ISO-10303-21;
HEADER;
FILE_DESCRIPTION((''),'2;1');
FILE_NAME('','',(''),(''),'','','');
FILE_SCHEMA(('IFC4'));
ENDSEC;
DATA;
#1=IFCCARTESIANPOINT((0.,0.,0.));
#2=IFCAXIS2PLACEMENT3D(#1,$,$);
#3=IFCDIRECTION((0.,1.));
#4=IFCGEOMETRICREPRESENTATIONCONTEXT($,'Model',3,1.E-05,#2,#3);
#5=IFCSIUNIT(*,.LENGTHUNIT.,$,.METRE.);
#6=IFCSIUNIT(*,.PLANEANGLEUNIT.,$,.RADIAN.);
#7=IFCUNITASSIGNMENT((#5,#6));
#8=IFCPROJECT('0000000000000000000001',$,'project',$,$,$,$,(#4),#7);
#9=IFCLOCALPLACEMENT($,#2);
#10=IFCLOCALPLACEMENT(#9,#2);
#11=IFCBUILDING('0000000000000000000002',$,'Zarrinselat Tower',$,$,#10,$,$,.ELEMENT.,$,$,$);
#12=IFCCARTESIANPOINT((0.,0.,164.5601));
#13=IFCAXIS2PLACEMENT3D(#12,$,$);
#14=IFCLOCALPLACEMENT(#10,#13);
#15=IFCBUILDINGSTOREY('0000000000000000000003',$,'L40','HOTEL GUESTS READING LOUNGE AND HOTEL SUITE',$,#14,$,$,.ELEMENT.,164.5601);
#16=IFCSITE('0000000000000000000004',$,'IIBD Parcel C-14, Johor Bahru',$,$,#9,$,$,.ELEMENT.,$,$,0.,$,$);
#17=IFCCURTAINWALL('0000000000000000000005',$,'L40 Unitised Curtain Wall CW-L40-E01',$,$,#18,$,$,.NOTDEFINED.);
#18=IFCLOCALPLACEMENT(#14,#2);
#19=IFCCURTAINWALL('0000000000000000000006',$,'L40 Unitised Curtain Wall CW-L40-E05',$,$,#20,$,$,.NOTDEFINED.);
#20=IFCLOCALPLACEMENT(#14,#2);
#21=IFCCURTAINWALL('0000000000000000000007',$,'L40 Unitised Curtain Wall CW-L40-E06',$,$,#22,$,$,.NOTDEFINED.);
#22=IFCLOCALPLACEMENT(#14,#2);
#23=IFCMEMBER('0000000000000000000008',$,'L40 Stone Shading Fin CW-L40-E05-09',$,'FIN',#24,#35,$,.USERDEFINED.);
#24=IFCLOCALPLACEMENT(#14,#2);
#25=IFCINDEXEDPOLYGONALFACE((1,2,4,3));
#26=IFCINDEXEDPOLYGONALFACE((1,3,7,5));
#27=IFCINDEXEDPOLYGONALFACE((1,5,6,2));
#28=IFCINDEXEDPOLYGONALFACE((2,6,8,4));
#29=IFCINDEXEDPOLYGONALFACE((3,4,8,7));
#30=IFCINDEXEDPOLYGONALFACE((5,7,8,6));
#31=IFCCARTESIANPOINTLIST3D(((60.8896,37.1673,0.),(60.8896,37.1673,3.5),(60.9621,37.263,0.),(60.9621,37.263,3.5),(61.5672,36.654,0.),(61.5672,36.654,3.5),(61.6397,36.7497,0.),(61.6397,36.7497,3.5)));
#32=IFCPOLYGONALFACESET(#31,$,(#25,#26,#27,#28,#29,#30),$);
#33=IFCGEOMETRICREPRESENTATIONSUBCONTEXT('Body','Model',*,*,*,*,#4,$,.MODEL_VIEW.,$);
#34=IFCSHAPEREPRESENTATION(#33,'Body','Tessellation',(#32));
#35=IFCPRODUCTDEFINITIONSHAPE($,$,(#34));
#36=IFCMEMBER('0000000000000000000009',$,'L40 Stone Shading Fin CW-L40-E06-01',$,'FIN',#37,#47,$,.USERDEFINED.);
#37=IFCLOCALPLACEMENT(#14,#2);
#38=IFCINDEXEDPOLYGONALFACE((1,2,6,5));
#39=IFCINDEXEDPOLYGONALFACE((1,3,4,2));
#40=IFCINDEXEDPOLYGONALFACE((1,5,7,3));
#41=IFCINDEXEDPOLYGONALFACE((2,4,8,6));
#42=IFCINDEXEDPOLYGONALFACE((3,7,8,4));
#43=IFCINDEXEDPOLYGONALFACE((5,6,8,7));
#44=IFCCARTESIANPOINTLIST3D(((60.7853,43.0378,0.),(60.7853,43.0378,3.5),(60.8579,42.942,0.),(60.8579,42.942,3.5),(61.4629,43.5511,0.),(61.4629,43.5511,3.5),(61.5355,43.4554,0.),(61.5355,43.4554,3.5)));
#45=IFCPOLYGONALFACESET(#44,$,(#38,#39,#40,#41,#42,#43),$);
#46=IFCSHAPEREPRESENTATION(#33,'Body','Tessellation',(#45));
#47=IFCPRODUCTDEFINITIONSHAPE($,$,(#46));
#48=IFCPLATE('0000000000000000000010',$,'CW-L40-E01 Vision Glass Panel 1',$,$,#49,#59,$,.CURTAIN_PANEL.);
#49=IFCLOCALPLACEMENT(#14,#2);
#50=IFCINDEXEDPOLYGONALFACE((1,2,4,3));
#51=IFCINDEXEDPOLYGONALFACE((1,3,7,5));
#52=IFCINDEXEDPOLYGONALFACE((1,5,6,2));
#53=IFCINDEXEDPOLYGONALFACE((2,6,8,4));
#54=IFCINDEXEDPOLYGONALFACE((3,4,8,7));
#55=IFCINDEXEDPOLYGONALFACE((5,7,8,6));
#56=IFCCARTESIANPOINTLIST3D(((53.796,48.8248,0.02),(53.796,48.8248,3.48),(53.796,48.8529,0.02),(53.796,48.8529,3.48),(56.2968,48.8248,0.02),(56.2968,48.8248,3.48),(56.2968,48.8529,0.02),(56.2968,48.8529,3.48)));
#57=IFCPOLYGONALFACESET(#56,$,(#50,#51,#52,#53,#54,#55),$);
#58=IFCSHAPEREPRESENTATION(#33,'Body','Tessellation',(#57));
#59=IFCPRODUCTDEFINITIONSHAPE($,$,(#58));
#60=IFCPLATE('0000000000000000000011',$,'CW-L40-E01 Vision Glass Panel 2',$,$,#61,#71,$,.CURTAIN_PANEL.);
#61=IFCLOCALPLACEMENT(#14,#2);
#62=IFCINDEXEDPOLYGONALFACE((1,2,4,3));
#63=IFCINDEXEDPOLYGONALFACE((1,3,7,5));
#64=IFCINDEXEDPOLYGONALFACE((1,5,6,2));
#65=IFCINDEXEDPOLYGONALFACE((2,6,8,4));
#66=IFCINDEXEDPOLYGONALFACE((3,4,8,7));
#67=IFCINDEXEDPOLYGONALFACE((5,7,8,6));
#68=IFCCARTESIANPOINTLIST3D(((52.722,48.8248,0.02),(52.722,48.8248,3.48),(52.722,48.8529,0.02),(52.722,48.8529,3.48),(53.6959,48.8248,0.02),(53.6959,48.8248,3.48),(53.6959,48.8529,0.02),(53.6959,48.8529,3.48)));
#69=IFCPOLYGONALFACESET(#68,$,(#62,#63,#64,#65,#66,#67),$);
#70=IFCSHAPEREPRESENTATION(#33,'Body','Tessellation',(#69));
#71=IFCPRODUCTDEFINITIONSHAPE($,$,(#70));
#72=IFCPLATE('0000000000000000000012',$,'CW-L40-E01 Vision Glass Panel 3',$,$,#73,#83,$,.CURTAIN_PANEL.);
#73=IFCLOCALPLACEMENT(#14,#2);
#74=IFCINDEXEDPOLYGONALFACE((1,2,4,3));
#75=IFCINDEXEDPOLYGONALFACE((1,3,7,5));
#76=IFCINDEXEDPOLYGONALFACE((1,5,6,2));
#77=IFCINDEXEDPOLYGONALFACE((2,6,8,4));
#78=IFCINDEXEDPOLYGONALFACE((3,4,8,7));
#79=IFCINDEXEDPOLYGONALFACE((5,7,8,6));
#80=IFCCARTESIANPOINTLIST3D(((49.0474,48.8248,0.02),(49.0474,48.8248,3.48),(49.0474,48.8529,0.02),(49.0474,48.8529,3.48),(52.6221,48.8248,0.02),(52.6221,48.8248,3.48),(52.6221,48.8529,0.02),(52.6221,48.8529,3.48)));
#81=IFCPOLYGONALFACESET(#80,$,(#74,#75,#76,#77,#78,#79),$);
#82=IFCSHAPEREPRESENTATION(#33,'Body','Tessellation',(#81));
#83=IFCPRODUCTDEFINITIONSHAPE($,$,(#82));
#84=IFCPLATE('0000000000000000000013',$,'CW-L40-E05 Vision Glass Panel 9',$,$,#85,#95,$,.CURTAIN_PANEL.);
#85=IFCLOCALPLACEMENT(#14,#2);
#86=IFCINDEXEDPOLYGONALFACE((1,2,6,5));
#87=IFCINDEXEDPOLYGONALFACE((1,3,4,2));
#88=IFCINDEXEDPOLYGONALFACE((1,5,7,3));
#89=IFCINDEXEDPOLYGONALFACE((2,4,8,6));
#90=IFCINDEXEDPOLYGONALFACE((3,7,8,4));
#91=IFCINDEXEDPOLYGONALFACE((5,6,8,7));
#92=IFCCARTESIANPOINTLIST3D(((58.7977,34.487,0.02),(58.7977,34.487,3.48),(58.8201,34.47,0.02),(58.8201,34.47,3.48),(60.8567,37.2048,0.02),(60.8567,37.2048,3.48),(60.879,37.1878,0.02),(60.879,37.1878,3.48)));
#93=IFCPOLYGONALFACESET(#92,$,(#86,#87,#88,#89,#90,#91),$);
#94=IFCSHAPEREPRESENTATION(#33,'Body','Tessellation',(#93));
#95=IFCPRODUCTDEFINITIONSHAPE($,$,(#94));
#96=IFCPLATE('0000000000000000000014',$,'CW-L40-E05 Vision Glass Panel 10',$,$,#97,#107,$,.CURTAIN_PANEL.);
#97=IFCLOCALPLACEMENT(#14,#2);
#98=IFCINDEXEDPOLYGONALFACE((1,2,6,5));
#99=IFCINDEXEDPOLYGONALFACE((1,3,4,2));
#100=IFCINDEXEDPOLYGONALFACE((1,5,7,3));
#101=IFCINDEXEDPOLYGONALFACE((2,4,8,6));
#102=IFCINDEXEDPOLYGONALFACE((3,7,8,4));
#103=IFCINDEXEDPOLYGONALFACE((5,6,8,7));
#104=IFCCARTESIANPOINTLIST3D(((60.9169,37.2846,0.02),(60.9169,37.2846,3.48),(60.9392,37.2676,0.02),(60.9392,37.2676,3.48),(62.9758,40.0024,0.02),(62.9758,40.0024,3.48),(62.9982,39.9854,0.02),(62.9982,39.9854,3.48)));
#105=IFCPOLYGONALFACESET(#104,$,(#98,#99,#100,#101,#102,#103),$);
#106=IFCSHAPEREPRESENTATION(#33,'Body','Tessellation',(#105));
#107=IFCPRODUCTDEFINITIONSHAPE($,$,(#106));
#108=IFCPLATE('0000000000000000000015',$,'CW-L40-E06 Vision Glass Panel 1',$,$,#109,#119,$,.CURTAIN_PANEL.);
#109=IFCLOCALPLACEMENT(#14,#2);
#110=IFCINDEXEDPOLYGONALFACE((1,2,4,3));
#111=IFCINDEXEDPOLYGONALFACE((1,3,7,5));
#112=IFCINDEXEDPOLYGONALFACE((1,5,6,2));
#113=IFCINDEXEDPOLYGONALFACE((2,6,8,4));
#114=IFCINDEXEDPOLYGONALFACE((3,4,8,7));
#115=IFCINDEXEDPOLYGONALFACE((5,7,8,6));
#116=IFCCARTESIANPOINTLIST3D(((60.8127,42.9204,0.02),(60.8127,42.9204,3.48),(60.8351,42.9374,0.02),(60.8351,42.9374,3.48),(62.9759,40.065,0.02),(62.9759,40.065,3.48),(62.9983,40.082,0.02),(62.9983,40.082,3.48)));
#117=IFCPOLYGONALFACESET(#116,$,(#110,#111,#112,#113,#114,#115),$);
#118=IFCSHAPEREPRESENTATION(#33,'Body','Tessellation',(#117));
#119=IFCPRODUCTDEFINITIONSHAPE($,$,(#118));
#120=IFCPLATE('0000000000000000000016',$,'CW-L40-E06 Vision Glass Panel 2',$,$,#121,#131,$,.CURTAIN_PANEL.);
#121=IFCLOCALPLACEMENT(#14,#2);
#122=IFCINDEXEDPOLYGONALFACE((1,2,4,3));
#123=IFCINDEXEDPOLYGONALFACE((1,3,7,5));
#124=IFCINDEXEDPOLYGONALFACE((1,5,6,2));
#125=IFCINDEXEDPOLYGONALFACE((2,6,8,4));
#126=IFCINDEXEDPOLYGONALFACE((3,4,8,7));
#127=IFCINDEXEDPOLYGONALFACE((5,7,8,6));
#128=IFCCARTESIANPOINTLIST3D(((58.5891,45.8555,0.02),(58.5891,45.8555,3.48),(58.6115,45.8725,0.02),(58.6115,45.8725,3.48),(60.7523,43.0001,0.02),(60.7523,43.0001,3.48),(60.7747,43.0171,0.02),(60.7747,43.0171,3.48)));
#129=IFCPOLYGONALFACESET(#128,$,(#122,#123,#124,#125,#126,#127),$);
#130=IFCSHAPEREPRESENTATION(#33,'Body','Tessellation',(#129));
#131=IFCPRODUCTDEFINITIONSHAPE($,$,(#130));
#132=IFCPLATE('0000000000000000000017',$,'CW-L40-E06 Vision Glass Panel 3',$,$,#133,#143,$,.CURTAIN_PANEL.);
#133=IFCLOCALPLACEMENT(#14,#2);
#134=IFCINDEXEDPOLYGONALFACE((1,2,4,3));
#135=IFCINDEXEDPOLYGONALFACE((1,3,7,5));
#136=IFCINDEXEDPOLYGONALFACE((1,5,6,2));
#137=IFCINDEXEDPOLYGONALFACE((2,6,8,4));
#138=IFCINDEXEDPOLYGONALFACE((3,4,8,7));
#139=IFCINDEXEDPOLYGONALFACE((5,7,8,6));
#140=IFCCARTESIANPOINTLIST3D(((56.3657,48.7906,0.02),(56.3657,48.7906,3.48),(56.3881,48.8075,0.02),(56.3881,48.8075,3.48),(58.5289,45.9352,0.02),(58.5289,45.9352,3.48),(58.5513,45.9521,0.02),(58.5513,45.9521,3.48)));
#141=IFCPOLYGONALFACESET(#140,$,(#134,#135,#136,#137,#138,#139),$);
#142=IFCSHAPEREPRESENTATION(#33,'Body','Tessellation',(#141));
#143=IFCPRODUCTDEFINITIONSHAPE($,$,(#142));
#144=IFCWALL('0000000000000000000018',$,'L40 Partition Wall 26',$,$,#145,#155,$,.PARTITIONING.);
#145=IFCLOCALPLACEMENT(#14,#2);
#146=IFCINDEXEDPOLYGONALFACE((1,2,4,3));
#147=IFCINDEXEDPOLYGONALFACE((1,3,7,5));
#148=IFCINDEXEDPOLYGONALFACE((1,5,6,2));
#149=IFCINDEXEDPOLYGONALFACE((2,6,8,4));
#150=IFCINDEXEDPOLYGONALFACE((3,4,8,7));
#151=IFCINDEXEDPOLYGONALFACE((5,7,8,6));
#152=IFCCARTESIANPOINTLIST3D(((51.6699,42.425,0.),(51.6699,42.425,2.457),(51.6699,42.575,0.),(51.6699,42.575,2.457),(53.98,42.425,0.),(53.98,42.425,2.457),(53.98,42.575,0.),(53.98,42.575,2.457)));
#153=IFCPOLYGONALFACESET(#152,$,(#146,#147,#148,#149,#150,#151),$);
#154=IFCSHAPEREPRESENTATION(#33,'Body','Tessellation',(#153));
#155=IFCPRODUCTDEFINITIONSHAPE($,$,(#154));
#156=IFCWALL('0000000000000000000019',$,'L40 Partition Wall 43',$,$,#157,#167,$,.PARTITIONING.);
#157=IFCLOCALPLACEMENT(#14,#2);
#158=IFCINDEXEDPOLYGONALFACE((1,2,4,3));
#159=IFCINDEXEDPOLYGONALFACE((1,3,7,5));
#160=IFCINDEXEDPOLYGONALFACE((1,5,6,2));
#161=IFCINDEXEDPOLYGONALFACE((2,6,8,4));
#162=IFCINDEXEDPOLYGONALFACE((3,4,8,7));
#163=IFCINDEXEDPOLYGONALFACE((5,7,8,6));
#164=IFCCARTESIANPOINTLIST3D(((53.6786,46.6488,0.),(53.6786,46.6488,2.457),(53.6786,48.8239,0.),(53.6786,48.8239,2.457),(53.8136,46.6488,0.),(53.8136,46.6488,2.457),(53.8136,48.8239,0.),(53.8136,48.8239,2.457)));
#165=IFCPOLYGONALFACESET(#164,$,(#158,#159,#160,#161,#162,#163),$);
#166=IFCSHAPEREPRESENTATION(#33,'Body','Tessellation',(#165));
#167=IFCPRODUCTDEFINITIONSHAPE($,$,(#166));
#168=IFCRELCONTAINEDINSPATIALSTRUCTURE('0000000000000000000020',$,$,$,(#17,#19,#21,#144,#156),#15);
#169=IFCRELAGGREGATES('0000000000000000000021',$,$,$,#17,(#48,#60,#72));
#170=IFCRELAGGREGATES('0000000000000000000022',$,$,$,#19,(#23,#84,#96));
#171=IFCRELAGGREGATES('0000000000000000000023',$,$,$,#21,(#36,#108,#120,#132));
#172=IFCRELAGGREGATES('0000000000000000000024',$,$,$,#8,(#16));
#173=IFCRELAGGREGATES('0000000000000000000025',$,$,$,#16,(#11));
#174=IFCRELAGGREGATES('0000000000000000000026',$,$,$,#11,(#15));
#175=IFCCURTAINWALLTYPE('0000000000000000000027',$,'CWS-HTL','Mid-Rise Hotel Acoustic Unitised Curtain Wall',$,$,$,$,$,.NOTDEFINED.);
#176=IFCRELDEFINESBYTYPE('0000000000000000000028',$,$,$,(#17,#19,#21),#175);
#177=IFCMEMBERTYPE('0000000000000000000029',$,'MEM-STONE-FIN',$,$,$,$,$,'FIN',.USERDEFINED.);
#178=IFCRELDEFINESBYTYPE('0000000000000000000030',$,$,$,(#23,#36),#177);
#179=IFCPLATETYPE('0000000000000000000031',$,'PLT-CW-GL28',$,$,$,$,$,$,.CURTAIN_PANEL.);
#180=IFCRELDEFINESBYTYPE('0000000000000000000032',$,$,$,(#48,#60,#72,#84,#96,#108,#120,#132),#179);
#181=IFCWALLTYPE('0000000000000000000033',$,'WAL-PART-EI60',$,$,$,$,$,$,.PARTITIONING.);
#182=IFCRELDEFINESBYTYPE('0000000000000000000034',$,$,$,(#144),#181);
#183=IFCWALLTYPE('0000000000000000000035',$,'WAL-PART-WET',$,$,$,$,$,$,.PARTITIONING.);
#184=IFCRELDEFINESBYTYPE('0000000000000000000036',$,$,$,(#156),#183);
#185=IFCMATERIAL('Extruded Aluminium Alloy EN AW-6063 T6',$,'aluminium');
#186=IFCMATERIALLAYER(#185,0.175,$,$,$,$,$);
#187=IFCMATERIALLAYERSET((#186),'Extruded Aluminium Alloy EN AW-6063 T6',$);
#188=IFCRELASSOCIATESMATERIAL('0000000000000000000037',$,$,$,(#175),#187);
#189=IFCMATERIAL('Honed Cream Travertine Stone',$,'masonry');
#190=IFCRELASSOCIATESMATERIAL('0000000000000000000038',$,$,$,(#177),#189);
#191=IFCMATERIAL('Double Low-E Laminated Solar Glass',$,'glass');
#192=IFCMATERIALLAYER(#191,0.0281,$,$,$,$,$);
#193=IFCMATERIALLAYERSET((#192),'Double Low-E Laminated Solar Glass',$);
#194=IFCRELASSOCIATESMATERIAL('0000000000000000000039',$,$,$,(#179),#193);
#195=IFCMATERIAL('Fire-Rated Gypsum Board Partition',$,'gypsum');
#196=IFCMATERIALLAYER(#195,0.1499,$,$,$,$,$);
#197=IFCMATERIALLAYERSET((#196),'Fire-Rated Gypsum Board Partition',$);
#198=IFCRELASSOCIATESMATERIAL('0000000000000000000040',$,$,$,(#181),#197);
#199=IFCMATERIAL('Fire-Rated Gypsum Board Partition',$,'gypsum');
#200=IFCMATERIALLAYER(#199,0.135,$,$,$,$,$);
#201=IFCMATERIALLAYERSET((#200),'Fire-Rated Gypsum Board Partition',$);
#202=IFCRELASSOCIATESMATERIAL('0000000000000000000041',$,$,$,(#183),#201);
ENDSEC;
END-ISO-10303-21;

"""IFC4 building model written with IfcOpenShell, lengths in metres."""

from ifc_helpers import new_model, si_unit, direction, frame, frame_2d, origin, origin_2d, place, context, subcontext, project, spatial, rectangle, extrude, material, layer, layer_set, material_profile, profile_set, type_object, element, aggregate, save


model = new_model("IFC4")

# Units and contexts
model_context = context("Model", 3, precision=1e-05, world=origin(), true_north=direction((0.0, 1.0)))
body_context = subcontext(model_context, "Body", "Model", "MODEL_VIEW")
ifc_project = project(units=[si_unit("LENGTHUNIT", "METRE"), si_unit("PLANEANGLEUNIT", "RADIAN")], contexts=[model_context])

# Site, building, storey
site_placement = place(None, origin())
site = spatial("IfcSite", under=ifc_project, at=site_placement, Name="IIBD Parcel C-14, Johor Bahru", CompositionType="ELEMENT", RefElevation=0.0)
building_placement = place(site_placement, origin())
building = spatial("IfcBuilding", under=site, at=building_placement, Name="Zarrinselat Tower", CompositionType="ELEMENT")
storey_placement = place(building_placement, frame((0.0, 0.0, 164.5601)))
storey = spatial("IfcBuildingStorey", under=building, at=storey_placement, Name="L40", Description="HOTEL GUESTS READING LOUNGE AND HOTEL SUITE", CompositionType="ELEMENT", Elevation=164.5601)

# Curtain walls
ifc_material_1 = material(Name="Extruded Aluminium Alloy EN AW-6063 T6", Category="aluminium")
ifc_layer_1 = layer(ifc_material_1, 0.175)
ifc_layer_set_1 = layer_set([ifc_layer_1], Name="Extruded Aluminium Alloy EN AW-6063 T6")
curtain_wall_type = type_object("IfcCurtainWallType", Name="CWS-HTL", Description="Mid-Rise Hotel Acoustic Unitised Curtain Wall", PredefinedType="NOTDEFINED", material=ifc_layer_set_1)
curtain_wall_1_placement = place(storey_placement, origin())
curtain_wall_1 = element("IfcCurtainWall", 1, at=curtain_wall_1_placement, inside=storey, type_object=curtain_wall_type, Name="L40 Unitised Curtain Wall CW-L40-E01", PredefinedType="NOTDEFINED")
curtain_wall_2_placement = place(storey_placement, origin())
curtain_wall_2 = element("IfcCurtainWall", 2, at=curtain_wall_2_placement, inside=storey, type_object=curtain_wall_type, Name="L40 Unitised Curtain Wall CW-L40-E05", PredefinedType="NOTDEFINED")
curtain_wall_3_placement = place(storey_placement, origin())
curtain_wall_3 = element("IfcCurtainWall", 3, at=curtain_wall_3_placement, inside=storey, type_object=curtain_wall_type, Name="L40 Unitised Curtain Wall CW-L40-E06", PredefinedType="NOTDEFINED")

# Members
ifc_material_2 = material(Name="Honed Cream Travertine Stone", Category="masonry")
ifc_material_profile_1 = material_profile(ifc_material_2, rectangle(XDim=0.1201, YDim=0.8501, at=origin_2d()), Name="FIN 850x120")
ifc_profile_set_1 = profile_set([ifc_material_profile_1], Name="Honed Cream Travertine Stone")
member_type_1 = type_object("IfcMemberType", Name="MEM-STONE-FIN", ElementType="FIN", PredefinedType="USERDEFINED", material=ifc_profile_set_1)
member_1_placement = place(storey_placement, frame((61.2646, 36.9585, 0.0), z_axis=(0.0, 0.0, 1.0), x_axis=(-0.603859, -0.797091, 0.0)))
member_1 = element("IfcMember", 4, at=member_1_placement, type_object=member_type_1, Name="L40 Stone Shading Fin CW-L40-E05-09", ObjectType="FIN", PredefinedType="USERDEFINED", context=body_context, shape_type="SweptSolid", body=[
    extrude(rectangle(XDim=0.1201, YDim=0.8501, at=origin_2d()), origin(), (0.0, 0.0, 1.0), 3.5),
])
member_2_placement = place(storey_placement, frame((61.1604, 43.2466, 0.0), z_axis=(0.0, 0.0, 1.0), x_axis=(0.603857, -0.797092, 0.0)))
member_2 = element("IfcMember", 5, at=member_2_placement, type_object=member_type_1, Name="L40 Stone Shading Fin CW-L40-E06-01", ObjectType="FIN", PredefinedType="USERDEFINED", context=body_context, shape_type="SweptSolid", body=[
    extrude(rectangle(XDim=0.1201, YDim=0.8501, at=origin_2d()), origin(), (0.0, 0.0, 1.0), 3.5),
])

# Plates
ifc_material_3 = material(Name="Double Low-E Laminated Solar Glass", Category="glass")
ifc_layer_2 = layer(ifc_material_3, 0.0281)
ifc_layer_set_2 = layer_set([ifc_layer_2], Name="Double Low-E Laminated Solar Glass")
plate_type = type_object("IfcPlateType", Name="PLT-CW-GL28", PredefinedType="CURTAIN_PANEL", material=ifc_layer_set_2)
plate_1_placement = place(storey_placement, frame((55.0464, 48.8389, 0.02), z_axis=(0.0, 0.0, 1.0), x_axis=(-1.0, 0.0, 0.0)))
plate_1 = element("IfcPlate", 6, at=plate_1_placement, type_object=plate_type, Name="CW-L40-E01 Vision Glass Panel 1", PredefinedType="CURTAIN_PANEL", context=body_context, shape_type="SweptSolid", body=[
    extrude(rectangle(XDim=2.5007, YDim=0.0281, at=origin_2d()), origin(), (0.0, 0.0, 1.0), 3.46),
])
plate_2_placement = place(storey_placement, frame((53.209, 48.8389, 0.02), z_axis=(0.0, 0.0, 1.0), x_axis=(-1.0, 0.0, 0.0)))
plate_2 = element("IfcPlate", 7, at=plate_2_placement, type_object=plate_type, Name="CW-L40-E01 Vision Glass Panel 2", PredefinedType="CURTAIN_PANEL", context=body_context, shape_type="SweptSolid", body=[
    extrude(rectangle(XDim=0.9739, YDim=0.0281, at=origin_2d()), origin(), (0.0, 0.0, 1.0), 3.46),
])
plate_3_placement = place(storey_placement, frame((50.8347, 48.8389, 0.02), z_axis=(0.0, 0.0, 1.0), x_axis=(-1.0, 0.0, 0.0)))
plate_3 = element("IfcPlate", 8, at=plate_3_placement, type_object=plate_type, Name="CW-L40-E01 Vision Glass Panel 3", PredefinedType="CURTAIN_PANEL", context=body_context, shape_type="SweptSolid", body=[
    extrude(rectangle(XDim=3.5747, YDim=0.0281, at=origin_2d()), origin(), (0.0, 0.0, 1.0), 3.46),
])
aggregate(curtain_wall_1, [plate_1, plate_2, plate_3])
plate_4_placement = place(storey_placement, frame((59.8384, 35.8374, 0.02), z_axis=(0.0, 0.0, 1.0), x_axis=(0.603859, 0.797091, 0.0)))
plate_4 = element("IfcPlate", 9, at=plate_4_placement, type_object=plate_type, Name="CW-L40-E05 Vision Glass Panel 9", PredefinedType="CURTAIN_PANEL", context=body_context, shape_type="SweptSolid", body=[
    extrude(rectangle(XDim=3.4097, YDim=0.0281, at=origin_2d()), origin(), (0.0, 0.0, 1.0), 3.46),
])
plate_5_placement = place(storey_placement, frame((61.9575, 38.635, 0.02), z_axis=(0.0, 0.0, 1.0), x_axis=(0.603859, 0.797091, 0.0)))
plate_5 = element("IfcPlate", 10, at=plate_5_placement, type_object=plate_type, Name="CW-L40-E05 Vision Glass Panel 10", PredefinedType="CURTAIN_PANEL", context=body_context, shape_type="SweptSolid", body=[
    extrude(rectangle(XDim=3.4097, YDim=0.0281, at=origin_2d()), origin(), (0.0, 0.0, 1.0), 3.46),
])
aggregate(curtain_wall_2, [member_1, plate_4, plate_5])
plate_6_placement = place(storey_placement, frame((61.9055, 41.5012, 0.02), z_axis=(0.0, 0.0, 1.0), x_axis=(-0.603857, 0.797092, 0.0)))
plate_6 = element("IfcPlate", 11, at=plate_6_placement, type_object=plate_type, Name="CW-L40-E06 Vision Glass Panel 1", PredefinedType="CURTAIN_PANEL", context=body_context, shape_type="SweptSolid", body=[
    extrude(rectangle(XDim=3.5823, YDim=0.0281, at=origin_2d()), origin(), (0.0, 0.0, 1.0), 3.46),
])
plate_7_placement = place(storey_placement, frame((59.6819, 44.4363, 0.02), z_axis=(0.0, 0.0, 1.0), x_axis=(-0.603857, 0.797092, 0.0)))
plate_7 = element("IfcPlate", 12, at=plate_7_placement, type_object=plate_type, Name="CW-L40-E06 Vision Glass Panel 2", PredefinedType="CURTAIN_PANEL", context=body_context, shape_type="SweptSolid", body=[
    extrude(rectangle(XDim=3.5823, YDim=0.0281, at=origin_2d()), origin(), (0.0, 0.0, 1.0), 3.46),
])
plate_8_placement = place(storey_placement, frame((57.4585, 47.3713, 0.02), z_axis=(0.0, 0.0, 1.0), x_axis=(-0.603857, 0.797092, 0.0)))
plate_8 = element("IfcPlate", 13, at=plate_8_placement, type_object=plate_type, Name="CW-L40-E06 Vision Glass Panel 3", PredefinedType="CURTAIN_PANEL", context=body_context, shape_type="SweptSolid", body=[
    extrude(rectangle(XDim=3.5823, YDim=0.0281, at=origin_2d()), origin(), (0.0, 0.0, 1.0), 3.46),
])
aggregate(curtain_wall_3, [member_2, plate_6, plate_7, plate_8])

# Walls
ifc_material_4 = material(Name="Fire-Rated Gypsum Board Partition", Category="gypsum")
ifc_layer_3 = layer(ifc_material_4, 0.1499)
ifc_layer_set_3 = layer_set([ifc_layer_3], Name="Fire-Rated Gypsum Board Partition")
wall_type_1 = type_object("IfcWallType", Name="WAL-PART-EI60", PredefinedType="PARTITIONING", material=ifc_layer_set_3)
wall_1_placement = place(storey_placement, frame((51.6699, 42.5, 0.0), z_axis=(0.0, 0.0, 1.0), x_axis=(1.0, 0.0, 0.0)))
element("IfcWall", 14, at=wall_1_placement, inside=storey, type_object=wall_type_1, Name="L40 Partition Wall 26", PredefinedType="PARTITIONING", context=body_context, shape_type="SweptSolid", body=[
    extrude(rectangle(XDim=2.3101, YDim=0.1499, at=frame_2d((1.155, 0.0))), origin(), (0.0, 0.0, 1.0), 2.457),
])
ifc_material_5 = material(Name="Fire-Rated Gypsum Board Partition", Category="gypsum")
ifc_layer_4 = layer(ifc_material_5, 0.135)
ifc_layer_set_4 = layer_set([ifc_layer_4], Name="Fire-Rated Gypsum Board Partition")
wall_type_2 = type_object("IfcWallType", Name="WAL-PART-WET", PredefinedType="PARTITIONING", material=ifc_layer_set_4)
wall_2_placement = place(storey_placement, frame((53.7461, 46.6489, 0.0), z_axis=(0.0, 0.0, 1.0), x_axis=(0.0, 1.0, 0.0)))
element("IfcWall", 15, at=wall_2_placement, inside=storey, type_object=wall_type_2, Name="L40 Partition Wall 43", PredefinedType="PARTITIONING", context=body_context, shape_type="SweptSolid", body=[
    extrude(rectangle(XDim=2.175, YDim=0.135, at=frame_2d((1.0874, 0.0))), origin(), (0.0, 0.0, 1.0), 2.457),
])

save(model, "model.ifc")
